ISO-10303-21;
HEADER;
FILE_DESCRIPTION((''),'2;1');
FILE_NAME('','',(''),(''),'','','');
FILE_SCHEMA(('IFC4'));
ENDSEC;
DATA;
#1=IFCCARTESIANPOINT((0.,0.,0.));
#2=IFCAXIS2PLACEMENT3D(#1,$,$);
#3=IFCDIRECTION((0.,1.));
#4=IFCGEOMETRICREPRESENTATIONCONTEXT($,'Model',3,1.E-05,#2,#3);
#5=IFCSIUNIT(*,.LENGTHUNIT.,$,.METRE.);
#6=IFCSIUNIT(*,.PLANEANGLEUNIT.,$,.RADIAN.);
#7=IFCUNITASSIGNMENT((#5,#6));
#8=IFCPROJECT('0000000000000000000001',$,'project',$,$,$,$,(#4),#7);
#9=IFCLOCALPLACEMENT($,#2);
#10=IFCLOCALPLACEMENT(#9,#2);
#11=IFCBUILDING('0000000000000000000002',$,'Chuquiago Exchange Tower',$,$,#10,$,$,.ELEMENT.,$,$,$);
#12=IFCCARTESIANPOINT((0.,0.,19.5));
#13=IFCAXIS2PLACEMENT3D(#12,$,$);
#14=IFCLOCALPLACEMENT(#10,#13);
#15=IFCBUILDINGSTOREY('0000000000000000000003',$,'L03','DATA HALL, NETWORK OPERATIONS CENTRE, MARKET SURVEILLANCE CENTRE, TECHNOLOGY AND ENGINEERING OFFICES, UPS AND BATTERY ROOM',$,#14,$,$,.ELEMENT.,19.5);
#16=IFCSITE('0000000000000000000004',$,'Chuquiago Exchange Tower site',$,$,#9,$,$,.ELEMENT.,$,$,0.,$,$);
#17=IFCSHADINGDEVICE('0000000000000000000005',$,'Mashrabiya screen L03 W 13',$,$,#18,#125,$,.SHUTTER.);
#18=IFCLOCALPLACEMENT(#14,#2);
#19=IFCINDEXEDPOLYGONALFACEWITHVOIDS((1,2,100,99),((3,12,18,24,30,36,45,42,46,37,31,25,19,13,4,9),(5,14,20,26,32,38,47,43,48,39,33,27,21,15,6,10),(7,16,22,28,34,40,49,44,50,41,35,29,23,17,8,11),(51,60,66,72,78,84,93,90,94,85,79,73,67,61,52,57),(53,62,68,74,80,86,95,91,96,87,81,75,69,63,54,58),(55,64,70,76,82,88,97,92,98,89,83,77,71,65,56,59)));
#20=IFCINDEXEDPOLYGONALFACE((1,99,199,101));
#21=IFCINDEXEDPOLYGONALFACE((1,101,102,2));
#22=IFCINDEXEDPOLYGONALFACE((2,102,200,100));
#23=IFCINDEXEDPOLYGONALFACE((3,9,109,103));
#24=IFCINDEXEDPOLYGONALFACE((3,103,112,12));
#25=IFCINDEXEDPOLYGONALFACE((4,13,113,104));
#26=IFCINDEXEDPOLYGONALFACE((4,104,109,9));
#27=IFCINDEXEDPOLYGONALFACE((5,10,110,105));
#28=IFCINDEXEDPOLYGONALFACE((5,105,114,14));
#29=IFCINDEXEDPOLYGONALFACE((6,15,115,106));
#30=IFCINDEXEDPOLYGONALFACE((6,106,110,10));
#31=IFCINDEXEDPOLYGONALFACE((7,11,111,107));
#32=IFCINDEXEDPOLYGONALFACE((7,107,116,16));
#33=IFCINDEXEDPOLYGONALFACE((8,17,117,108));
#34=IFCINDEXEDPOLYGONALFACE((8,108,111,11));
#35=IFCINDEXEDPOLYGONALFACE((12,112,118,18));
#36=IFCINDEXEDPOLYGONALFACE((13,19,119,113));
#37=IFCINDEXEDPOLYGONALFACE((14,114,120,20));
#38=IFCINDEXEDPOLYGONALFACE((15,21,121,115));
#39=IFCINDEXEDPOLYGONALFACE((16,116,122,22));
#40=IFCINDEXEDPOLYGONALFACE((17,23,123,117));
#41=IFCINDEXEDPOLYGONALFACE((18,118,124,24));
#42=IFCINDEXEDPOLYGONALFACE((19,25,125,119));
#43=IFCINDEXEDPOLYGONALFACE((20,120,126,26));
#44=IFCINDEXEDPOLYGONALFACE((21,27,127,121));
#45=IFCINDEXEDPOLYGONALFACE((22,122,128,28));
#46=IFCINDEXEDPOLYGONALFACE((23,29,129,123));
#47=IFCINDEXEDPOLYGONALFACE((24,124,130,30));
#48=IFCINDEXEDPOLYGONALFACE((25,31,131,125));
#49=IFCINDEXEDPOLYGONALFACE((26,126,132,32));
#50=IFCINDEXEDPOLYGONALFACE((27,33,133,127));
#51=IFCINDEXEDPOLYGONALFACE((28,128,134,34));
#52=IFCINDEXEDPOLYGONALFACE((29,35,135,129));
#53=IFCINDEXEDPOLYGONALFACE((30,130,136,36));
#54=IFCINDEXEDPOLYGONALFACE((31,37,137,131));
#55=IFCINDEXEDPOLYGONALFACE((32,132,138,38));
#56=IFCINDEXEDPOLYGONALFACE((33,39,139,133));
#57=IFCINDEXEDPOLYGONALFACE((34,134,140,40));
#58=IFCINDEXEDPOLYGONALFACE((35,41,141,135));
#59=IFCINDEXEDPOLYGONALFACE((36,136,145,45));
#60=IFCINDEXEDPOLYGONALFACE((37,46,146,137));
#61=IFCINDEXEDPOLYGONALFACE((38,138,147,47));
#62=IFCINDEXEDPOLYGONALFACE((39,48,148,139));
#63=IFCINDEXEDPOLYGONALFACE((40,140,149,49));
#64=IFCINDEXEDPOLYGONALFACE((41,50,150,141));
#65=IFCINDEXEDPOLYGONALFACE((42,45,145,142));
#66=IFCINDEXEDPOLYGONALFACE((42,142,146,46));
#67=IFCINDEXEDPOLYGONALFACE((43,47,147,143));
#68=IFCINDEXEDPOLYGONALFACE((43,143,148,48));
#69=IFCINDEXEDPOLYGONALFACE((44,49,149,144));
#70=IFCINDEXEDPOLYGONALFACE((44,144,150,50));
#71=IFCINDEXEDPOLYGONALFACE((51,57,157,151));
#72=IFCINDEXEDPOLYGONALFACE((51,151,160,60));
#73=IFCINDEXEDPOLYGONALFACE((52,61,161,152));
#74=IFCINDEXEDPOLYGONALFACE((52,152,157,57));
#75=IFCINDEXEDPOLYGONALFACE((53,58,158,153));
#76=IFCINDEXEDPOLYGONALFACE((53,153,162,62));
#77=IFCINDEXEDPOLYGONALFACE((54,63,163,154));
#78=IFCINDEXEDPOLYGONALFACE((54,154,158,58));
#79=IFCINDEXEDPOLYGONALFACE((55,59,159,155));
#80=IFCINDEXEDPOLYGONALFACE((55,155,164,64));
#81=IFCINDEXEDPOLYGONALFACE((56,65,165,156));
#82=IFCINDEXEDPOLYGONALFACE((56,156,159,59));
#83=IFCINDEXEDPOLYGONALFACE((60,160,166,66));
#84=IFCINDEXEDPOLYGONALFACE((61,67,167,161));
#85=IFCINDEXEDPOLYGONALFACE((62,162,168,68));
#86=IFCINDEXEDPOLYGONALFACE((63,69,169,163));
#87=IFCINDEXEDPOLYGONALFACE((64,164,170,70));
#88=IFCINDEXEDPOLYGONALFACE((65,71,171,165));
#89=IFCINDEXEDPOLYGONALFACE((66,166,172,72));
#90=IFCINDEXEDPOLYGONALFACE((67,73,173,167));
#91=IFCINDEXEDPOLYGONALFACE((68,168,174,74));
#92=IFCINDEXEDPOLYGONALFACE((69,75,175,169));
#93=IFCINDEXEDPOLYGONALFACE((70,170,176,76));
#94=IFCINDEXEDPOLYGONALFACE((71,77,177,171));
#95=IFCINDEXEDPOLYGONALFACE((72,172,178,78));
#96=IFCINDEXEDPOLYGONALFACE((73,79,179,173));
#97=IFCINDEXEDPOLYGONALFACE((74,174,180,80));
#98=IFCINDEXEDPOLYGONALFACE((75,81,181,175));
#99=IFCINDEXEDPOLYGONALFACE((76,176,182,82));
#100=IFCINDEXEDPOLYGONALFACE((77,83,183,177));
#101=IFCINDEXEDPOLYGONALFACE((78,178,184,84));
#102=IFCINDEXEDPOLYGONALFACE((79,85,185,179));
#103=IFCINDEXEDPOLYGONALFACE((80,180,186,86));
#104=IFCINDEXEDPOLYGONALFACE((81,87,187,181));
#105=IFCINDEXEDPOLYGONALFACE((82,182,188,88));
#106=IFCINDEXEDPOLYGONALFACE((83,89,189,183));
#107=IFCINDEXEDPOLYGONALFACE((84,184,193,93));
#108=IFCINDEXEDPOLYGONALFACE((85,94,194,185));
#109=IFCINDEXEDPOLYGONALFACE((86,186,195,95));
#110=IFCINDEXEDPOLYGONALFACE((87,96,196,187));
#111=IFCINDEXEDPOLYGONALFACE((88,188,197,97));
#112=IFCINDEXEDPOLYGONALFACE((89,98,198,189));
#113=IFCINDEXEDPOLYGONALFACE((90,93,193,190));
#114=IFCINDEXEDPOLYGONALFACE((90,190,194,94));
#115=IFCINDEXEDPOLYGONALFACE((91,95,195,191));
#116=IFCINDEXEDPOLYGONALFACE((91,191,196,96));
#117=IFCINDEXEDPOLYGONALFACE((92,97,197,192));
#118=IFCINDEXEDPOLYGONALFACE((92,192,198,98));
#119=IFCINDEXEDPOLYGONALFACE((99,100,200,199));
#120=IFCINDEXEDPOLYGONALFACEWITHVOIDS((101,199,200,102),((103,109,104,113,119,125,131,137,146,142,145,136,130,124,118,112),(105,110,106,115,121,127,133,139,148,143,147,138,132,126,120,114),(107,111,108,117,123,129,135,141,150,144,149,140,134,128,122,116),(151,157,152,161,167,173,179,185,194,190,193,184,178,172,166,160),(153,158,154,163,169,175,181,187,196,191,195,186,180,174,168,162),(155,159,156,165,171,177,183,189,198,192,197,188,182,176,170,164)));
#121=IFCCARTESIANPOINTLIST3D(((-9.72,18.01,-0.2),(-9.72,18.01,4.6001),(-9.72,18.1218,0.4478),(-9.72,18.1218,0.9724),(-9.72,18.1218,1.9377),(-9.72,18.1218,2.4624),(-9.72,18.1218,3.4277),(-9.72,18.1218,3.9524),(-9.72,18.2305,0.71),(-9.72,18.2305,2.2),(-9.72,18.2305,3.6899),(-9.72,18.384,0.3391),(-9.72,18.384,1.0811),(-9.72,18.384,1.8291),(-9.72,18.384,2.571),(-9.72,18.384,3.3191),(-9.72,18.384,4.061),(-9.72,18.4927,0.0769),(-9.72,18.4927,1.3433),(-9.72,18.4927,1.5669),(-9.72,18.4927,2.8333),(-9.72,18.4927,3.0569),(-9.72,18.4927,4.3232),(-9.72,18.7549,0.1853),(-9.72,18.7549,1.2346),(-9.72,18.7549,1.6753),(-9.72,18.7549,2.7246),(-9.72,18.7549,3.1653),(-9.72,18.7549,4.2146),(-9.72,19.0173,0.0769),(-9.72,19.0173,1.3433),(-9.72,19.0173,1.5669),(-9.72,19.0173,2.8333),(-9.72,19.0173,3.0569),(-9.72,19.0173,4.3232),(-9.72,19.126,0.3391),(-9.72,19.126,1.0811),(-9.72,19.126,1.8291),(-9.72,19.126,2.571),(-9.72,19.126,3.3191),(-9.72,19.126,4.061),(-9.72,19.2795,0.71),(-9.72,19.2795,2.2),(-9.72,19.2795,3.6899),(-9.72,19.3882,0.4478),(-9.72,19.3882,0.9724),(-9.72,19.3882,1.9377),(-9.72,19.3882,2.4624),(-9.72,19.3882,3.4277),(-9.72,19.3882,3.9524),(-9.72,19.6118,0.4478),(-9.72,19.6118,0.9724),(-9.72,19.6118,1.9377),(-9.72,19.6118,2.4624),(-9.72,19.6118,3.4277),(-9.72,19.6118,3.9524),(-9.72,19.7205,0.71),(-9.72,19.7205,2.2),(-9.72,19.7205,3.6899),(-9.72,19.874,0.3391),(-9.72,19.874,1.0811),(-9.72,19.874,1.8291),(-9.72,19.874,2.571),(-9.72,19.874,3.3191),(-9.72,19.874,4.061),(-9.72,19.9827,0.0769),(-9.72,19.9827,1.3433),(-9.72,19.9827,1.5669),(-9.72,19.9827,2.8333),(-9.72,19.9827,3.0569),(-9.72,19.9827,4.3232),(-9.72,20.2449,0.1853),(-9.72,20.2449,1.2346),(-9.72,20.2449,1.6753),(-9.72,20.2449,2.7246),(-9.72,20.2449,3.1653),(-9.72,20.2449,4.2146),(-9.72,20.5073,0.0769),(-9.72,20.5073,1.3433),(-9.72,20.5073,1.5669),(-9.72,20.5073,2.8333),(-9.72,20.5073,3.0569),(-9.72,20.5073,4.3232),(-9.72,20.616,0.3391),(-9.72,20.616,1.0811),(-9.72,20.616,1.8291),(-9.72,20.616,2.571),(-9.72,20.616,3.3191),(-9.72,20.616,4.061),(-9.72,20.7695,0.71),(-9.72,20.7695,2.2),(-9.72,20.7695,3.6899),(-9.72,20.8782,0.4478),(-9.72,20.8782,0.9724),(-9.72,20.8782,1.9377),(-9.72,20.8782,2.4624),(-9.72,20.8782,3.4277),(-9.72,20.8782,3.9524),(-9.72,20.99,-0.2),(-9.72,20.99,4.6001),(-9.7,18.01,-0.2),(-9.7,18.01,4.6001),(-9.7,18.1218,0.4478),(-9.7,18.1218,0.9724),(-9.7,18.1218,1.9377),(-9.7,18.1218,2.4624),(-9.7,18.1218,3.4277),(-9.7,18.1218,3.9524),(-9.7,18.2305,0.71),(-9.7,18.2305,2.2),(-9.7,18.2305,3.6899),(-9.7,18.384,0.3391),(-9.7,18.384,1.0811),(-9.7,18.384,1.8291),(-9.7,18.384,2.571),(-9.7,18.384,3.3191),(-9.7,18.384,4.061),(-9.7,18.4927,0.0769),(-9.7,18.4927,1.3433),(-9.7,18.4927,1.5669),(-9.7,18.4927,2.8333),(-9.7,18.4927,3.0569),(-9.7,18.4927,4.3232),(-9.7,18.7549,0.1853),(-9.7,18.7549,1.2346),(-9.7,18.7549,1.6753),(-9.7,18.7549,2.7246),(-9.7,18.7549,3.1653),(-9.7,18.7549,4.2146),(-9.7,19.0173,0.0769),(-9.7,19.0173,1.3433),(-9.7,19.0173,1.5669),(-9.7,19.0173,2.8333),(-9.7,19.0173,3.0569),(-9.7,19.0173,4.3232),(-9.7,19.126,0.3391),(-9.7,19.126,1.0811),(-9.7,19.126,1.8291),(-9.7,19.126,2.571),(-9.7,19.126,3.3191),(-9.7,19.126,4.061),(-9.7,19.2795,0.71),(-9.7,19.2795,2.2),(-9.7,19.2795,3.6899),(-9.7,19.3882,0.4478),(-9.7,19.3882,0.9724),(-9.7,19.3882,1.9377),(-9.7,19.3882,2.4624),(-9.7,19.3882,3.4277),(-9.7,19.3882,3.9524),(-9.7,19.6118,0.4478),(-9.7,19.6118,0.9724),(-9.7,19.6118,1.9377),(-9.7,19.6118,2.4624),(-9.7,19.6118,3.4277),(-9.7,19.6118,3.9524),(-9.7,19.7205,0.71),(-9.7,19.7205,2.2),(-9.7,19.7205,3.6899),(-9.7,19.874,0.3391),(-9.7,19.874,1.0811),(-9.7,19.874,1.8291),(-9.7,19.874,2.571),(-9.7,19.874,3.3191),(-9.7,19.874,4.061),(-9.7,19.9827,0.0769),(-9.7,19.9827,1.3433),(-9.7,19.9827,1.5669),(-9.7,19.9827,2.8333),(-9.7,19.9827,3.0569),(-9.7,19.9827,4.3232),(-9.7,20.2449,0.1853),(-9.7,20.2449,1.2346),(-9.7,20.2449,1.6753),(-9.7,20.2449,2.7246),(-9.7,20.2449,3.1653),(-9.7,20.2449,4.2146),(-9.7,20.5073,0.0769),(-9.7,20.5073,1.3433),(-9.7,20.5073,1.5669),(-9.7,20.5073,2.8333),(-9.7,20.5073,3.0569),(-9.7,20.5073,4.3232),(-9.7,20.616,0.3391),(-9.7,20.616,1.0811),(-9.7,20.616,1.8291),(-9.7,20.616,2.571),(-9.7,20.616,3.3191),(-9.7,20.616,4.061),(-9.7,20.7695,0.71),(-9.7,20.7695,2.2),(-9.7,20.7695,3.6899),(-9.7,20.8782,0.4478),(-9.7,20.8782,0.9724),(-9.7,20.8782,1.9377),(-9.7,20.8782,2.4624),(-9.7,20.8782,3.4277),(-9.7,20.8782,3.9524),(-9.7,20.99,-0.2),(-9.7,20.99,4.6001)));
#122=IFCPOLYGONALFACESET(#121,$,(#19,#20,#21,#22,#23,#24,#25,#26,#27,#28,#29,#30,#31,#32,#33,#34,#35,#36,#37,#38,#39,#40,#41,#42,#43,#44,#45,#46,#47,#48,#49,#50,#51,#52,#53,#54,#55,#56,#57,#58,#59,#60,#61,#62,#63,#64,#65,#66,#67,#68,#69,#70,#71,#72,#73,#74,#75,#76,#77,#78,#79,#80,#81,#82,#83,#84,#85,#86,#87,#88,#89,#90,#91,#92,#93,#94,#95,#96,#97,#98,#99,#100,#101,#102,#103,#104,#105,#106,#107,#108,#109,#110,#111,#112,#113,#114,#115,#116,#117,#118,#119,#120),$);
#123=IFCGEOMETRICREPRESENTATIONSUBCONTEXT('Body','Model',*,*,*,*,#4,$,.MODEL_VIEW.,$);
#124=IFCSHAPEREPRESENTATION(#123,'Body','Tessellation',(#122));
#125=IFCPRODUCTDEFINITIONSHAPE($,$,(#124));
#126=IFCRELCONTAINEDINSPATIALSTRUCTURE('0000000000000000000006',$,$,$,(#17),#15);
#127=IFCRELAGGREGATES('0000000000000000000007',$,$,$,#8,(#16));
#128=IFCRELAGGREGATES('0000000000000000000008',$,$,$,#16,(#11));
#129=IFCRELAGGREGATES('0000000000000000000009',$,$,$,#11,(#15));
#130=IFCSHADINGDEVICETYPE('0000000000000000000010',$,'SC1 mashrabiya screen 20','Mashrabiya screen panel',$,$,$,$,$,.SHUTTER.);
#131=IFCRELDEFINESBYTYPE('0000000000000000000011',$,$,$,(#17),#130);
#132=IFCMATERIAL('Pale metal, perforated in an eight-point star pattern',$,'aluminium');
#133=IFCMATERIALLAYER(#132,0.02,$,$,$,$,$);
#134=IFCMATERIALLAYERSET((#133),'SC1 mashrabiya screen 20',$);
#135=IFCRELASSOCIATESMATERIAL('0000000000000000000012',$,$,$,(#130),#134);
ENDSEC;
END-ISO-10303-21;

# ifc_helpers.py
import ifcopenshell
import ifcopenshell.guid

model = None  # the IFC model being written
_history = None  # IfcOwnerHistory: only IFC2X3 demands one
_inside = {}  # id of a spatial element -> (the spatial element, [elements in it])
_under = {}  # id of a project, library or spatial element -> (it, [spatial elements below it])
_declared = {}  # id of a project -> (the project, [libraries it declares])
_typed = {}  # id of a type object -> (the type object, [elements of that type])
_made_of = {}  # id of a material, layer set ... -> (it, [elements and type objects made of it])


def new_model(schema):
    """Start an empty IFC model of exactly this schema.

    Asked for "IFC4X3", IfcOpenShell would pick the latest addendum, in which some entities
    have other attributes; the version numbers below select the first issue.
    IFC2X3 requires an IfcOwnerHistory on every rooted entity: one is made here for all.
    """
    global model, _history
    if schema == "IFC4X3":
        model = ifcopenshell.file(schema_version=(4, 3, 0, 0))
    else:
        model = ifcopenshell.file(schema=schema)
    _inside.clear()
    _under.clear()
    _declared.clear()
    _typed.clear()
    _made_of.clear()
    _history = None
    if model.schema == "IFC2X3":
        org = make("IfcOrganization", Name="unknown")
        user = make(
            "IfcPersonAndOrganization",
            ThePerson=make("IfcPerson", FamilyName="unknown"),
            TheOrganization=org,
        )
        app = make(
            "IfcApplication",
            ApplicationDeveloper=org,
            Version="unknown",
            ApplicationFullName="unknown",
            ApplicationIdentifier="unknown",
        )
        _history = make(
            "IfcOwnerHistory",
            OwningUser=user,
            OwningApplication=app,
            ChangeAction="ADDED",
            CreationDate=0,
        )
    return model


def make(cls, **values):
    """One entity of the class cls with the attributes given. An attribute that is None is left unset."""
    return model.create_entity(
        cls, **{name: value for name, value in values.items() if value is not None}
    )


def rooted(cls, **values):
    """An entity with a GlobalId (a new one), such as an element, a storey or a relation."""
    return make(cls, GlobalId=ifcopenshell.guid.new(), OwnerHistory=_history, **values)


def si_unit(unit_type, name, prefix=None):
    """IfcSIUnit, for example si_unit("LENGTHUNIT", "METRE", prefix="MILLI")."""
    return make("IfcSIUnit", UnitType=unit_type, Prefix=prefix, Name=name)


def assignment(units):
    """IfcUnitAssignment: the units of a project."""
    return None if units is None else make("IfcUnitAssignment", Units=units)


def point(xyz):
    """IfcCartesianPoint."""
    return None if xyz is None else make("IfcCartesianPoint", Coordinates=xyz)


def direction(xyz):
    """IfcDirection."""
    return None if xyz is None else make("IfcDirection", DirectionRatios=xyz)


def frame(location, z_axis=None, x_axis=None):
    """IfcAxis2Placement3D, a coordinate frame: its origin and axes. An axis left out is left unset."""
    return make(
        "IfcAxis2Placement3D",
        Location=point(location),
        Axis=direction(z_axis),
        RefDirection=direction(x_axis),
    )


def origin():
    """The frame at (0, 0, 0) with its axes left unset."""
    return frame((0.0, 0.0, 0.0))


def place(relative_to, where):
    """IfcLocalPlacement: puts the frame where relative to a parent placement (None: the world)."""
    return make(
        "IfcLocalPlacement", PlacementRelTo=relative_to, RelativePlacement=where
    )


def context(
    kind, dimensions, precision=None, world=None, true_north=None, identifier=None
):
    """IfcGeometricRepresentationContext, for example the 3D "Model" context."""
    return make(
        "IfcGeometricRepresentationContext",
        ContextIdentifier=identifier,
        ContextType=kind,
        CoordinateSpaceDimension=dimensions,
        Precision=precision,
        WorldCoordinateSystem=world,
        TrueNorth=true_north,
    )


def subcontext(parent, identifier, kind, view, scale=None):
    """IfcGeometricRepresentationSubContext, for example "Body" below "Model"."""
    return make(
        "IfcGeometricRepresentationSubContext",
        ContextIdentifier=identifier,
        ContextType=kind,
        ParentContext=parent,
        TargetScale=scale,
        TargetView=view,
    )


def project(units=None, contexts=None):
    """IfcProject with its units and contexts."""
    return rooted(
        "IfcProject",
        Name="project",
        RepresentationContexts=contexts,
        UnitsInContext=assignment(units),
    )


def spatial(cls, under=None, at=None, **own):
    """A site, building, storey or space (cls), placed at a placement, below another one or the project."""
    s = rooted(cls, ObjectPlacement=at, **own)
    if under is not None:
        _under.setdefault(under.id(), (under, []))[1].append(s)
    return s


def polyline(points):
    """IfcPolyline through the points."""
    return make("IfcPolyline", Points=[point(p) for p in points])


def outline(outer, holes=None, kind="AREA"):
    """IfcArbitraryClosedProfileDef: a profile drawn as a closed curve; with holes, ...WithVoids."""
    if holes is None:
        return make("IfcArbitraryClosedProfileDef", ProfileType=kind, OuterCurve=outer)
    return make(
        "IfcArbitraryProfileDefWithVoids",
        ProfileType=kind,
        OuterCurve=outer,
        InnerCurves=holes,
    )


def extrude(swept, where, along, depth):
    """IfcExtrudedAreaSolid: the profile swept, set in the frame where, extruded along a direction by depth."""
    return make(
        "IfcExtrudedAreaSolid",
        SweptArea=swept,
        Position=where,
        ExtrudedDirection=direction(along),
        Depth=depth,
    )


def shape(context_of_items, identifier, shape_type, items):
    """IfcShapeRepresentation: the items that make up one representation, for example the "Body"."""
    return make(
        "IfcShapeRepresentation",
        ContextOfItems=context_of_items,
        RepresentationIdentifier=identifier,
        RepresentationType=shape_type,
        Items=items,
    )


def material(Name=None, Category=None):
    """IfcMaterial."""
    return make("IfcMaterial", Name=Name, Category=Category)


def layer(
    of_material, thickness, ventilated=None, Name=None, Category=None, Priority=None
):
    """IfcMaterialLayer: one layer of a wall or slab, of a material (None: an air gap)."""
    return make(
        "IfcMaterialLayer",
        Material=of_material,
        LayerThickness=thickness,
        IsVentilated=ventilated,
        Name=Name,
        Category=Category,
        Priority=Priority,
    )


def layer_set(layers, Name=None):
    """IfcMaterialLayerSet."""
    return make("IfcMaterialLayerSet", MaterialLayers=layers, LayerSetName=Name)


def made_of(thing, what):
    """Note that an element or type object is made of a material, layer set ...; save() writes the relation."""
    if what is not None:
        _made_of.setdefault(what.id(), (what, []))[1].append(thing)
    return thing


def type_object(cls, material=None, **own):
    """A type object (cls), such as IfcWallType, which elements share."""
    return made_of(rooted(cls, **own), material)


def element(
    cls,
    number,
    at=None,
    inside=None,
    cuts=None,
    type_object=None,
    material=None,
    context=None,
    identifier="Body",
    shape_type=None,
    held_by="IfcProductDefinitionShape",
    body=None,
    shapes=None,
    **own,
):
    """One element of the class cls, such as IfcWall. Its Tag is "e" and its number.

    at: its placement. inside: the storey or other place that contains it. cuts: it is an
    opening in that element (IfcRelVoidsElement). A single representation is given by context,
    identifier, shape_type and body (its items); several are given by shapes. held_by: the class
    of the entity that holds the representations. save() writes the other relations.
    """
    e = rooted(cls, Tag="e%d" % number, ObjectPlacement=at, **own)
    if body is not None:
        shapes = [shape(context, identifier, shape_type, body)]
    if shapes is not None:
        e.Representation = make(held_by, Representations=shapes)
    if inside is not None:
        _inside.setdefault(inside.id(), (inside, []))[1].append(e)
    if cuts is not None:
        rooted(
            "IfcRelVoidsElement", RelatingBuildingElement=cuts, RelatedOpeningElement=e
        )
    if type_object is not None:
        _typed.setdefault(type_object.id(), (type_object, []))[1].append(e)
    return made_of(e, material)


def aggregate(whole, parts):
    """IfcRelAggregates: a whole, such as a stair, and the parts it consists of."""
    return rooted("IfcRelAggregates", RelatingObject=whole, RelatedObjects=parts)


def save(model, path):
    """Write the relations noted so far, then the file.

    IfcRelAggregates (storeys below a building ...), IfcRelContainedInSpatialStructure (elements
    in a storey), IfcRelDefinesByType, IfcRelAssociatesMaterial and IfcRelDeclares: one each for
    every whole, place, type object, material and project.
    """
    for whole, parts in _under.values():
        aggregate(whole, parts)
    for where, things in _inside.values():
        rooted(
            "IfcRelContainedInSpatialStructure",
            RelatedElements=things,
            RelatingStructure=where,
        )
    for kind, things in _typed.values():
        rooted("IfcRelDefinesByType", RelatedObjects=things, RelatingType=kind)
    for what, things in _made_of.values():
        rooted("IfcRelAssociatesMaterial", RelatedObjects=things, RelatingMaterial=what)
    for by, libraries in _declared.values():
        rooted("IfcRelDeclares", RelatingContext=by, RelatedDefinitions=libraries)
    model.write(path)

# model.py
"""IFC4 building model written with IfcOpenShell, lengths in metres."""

from ifc_helpers import new_model, si_unit, direction, frame, origin, place, context, subcontext, project, spatial, polyline, outline, extrude, material, layer, layer_set, type_object, element, save


model = new_model("IFC4")

# Units and contexts
model_context = context("Model", 3, precision=1e-05, world=origin(), true_north=direction((0.0, 1.0)))
body_context = subcontext(model_context, "Body", "Model", "MODEL_VIEW")
ifc_project = project(units=[si_unit("LENGTHUNIT", "METRE"), si_unit("PLANEANGLEUNIT", "RADIAN")], contexts=[model_context])

# Site, building, storey
site_placement = place(None, origin())
site = spatial("IfcSite", under=ifc_project, at=site_placement, Name="Chuquiago Exchange Tower site", CompositionType="ELEMENT", RefElevation=0.0)
building_placement = place(site_placement, origin())
building = spatial("IfcBuilding", under=site, at=building_placement, Name="Chuquiago Exchange Tower", CompositionType="ELEMENT")
storey_placement = place(building_placement, frame((0.0, 0.0, 19.5)))
storey = spatial("IfcBuildingStorey", under=building, at=storey_placement, Name="L03", Description="DATA HALL, NETWORK OPERATIONS CENTRE, MARKET SURVEILLANCE CENTRE, TECHNOLOGY AND ENGINEERING OFFICES, UPS AND BATTERY ROOM", CompositionType="ELEMENT", Elevation=19.5)

# Shading device
ifc_material_1 = material(Name="Pale metal, perforated in an eight-point star pattern", Category="aluminium")
ifc_layer_1 = layer(ifc_material_1, 0.02)
ifc_layer_set_1 = layer_set([ifc_layer_1], Name="SC1 mashrabiya screen 20")
shading_device_type = type_object("IfcShadingDeviceType", Name="SC1 mashrabiya screen 20", Description="Mashrabiya screen panel", PredefinedType="SHUTTER", material=ifc_layer_set_1)
shading_device_1_placement = place(storey_placement, frame((-9.7, 20.99, -0.2), z_axis=(0.0, 0.0, 1.0), x_axis=(0.0, -1.0, 0.0)))
element("IfcShadingDevice", 1, at=shading_device_1_placement, inside=storey, type_object=shading_device_type, Name="Mashrabiya screen L03 W 13", PredefinedType="SHUTTER", context=body_context, shape_type="SweptSolid", body=[
    extrude(outline(polyline([(0.0, 0.0), (2.98, 0.0), (2.98, 4.8), (0.0, 4.8), (0.0, 0.0)]), holes=[polyline([(1.2695, 0.9099), (1.3782, 1.1724), (1.116, 1.281), (1.0073, 1.5432), (0.7451, 1.4346), (0.4827, 1.5432), (0.374, 1.281), (0.1118, 1.1724), (0.2205, 0.9099), (0.1118, 0.6477), (0.374, 0.5391), (0.4827, 0.2769), (0.7451, 0.3853), (1.0073, 0.2769), (1.116, 0.5391), (1.3782, 0.6477), (1.2695, 0.9099)]), polyline([(2.7595, 0.9099), (2.8682, 1.1724), (2.606, 1.281), (2.4973, 1.5432), (2.2351, 1.4346), (1.9727, 1.5432), (1.864, 1.281), (1.6018, 1.1724), (1.7104, 0.9099), (1.6018, 0.6477), (1.864, 0.5391), (1.9727, 0.2769), (2.2351, 0.3853), (2.4973, 0.2769), (2.606, 0.5391), (2.8682, 0.6477), (2.7595, 0.9099)]), polyline([(1.2695, 2.3999), (1.3782, 2.6624), (1.116, 2.771), (1.0073, 3.0332), (0.7451, 2.9246), (0.4827, 3.0332), (0.374, 2.771), (0.1118, 2.6624), (0.2205, 2.3999), (0.1118, 2.1377), (0.374, 2.0291), (0.4827, 1.7668), (0.7451, 1.8752), (1.0073, 1.7668), (1.116, 2.0291), (1.3782, 2.1377), (1.2695, 2.3999)]), polyline([(2.7595, 2.3999), (2.8682, 2.6624), (2.606, 2.771), (2.4973, 3.0332), (2.2351, 2.9246), (1.9727, 3.0332), (1.864, 2.771), (1.6018, 2.6624), (1.7104, 2.3999), (1.6018, 2.1377), (1.864, 2.0291), (1.9727, 1.7668), (2.2351, 1.8752), (2.4973, 1.7668), (2.606, 2.0291), (2.8682, 2.1377), (2.7595, 2.3999)]), polyline([(1.2695, 3.8899), (1.3782, 4.1523), (1.116, 4.261), (1.0073, 4.5232), (0.7451, 4.4146), (0.4827, 4.5232), (0.374, 4.261), (0.1118, 4.1523), (0.2205, 3.8899), (0.1118, 3.6277), (0.374, 3.519), (0.4827, 3.2568), (0.7451, 3.3652), (1.0073, 3.2568), (1.116, 3.519), (1.3782, 3.6277), (1.2695, 3.8899)]), polyline([(2.7595, 3.8899), (2.8682, 4.1523), (2.606, 4.261), (2.4973, 4.5232), (2.2351, 4.4146), (1.9727, 4.5232), (1.864, 4.261), (1.6018, 4.1523), (1.7104, 3.8899), (1.6018, 3.6277), (1.864, 3.519), (1.9727, 3.2568), (2.2351, 3.3652), (2.4973, 3.2568), (2.606, 3.519), (2.8682, 3.6277), (2.7595, 3.8899)])]), frame((0.0, 0.0, 0.0), z_axis=(0.0, -1.0, 0.0), x_axis=(1.0, 0.0, 0.0)), (0.0, 0.0, 1.0), 0.02),
])

save(model, "model.ifc")
